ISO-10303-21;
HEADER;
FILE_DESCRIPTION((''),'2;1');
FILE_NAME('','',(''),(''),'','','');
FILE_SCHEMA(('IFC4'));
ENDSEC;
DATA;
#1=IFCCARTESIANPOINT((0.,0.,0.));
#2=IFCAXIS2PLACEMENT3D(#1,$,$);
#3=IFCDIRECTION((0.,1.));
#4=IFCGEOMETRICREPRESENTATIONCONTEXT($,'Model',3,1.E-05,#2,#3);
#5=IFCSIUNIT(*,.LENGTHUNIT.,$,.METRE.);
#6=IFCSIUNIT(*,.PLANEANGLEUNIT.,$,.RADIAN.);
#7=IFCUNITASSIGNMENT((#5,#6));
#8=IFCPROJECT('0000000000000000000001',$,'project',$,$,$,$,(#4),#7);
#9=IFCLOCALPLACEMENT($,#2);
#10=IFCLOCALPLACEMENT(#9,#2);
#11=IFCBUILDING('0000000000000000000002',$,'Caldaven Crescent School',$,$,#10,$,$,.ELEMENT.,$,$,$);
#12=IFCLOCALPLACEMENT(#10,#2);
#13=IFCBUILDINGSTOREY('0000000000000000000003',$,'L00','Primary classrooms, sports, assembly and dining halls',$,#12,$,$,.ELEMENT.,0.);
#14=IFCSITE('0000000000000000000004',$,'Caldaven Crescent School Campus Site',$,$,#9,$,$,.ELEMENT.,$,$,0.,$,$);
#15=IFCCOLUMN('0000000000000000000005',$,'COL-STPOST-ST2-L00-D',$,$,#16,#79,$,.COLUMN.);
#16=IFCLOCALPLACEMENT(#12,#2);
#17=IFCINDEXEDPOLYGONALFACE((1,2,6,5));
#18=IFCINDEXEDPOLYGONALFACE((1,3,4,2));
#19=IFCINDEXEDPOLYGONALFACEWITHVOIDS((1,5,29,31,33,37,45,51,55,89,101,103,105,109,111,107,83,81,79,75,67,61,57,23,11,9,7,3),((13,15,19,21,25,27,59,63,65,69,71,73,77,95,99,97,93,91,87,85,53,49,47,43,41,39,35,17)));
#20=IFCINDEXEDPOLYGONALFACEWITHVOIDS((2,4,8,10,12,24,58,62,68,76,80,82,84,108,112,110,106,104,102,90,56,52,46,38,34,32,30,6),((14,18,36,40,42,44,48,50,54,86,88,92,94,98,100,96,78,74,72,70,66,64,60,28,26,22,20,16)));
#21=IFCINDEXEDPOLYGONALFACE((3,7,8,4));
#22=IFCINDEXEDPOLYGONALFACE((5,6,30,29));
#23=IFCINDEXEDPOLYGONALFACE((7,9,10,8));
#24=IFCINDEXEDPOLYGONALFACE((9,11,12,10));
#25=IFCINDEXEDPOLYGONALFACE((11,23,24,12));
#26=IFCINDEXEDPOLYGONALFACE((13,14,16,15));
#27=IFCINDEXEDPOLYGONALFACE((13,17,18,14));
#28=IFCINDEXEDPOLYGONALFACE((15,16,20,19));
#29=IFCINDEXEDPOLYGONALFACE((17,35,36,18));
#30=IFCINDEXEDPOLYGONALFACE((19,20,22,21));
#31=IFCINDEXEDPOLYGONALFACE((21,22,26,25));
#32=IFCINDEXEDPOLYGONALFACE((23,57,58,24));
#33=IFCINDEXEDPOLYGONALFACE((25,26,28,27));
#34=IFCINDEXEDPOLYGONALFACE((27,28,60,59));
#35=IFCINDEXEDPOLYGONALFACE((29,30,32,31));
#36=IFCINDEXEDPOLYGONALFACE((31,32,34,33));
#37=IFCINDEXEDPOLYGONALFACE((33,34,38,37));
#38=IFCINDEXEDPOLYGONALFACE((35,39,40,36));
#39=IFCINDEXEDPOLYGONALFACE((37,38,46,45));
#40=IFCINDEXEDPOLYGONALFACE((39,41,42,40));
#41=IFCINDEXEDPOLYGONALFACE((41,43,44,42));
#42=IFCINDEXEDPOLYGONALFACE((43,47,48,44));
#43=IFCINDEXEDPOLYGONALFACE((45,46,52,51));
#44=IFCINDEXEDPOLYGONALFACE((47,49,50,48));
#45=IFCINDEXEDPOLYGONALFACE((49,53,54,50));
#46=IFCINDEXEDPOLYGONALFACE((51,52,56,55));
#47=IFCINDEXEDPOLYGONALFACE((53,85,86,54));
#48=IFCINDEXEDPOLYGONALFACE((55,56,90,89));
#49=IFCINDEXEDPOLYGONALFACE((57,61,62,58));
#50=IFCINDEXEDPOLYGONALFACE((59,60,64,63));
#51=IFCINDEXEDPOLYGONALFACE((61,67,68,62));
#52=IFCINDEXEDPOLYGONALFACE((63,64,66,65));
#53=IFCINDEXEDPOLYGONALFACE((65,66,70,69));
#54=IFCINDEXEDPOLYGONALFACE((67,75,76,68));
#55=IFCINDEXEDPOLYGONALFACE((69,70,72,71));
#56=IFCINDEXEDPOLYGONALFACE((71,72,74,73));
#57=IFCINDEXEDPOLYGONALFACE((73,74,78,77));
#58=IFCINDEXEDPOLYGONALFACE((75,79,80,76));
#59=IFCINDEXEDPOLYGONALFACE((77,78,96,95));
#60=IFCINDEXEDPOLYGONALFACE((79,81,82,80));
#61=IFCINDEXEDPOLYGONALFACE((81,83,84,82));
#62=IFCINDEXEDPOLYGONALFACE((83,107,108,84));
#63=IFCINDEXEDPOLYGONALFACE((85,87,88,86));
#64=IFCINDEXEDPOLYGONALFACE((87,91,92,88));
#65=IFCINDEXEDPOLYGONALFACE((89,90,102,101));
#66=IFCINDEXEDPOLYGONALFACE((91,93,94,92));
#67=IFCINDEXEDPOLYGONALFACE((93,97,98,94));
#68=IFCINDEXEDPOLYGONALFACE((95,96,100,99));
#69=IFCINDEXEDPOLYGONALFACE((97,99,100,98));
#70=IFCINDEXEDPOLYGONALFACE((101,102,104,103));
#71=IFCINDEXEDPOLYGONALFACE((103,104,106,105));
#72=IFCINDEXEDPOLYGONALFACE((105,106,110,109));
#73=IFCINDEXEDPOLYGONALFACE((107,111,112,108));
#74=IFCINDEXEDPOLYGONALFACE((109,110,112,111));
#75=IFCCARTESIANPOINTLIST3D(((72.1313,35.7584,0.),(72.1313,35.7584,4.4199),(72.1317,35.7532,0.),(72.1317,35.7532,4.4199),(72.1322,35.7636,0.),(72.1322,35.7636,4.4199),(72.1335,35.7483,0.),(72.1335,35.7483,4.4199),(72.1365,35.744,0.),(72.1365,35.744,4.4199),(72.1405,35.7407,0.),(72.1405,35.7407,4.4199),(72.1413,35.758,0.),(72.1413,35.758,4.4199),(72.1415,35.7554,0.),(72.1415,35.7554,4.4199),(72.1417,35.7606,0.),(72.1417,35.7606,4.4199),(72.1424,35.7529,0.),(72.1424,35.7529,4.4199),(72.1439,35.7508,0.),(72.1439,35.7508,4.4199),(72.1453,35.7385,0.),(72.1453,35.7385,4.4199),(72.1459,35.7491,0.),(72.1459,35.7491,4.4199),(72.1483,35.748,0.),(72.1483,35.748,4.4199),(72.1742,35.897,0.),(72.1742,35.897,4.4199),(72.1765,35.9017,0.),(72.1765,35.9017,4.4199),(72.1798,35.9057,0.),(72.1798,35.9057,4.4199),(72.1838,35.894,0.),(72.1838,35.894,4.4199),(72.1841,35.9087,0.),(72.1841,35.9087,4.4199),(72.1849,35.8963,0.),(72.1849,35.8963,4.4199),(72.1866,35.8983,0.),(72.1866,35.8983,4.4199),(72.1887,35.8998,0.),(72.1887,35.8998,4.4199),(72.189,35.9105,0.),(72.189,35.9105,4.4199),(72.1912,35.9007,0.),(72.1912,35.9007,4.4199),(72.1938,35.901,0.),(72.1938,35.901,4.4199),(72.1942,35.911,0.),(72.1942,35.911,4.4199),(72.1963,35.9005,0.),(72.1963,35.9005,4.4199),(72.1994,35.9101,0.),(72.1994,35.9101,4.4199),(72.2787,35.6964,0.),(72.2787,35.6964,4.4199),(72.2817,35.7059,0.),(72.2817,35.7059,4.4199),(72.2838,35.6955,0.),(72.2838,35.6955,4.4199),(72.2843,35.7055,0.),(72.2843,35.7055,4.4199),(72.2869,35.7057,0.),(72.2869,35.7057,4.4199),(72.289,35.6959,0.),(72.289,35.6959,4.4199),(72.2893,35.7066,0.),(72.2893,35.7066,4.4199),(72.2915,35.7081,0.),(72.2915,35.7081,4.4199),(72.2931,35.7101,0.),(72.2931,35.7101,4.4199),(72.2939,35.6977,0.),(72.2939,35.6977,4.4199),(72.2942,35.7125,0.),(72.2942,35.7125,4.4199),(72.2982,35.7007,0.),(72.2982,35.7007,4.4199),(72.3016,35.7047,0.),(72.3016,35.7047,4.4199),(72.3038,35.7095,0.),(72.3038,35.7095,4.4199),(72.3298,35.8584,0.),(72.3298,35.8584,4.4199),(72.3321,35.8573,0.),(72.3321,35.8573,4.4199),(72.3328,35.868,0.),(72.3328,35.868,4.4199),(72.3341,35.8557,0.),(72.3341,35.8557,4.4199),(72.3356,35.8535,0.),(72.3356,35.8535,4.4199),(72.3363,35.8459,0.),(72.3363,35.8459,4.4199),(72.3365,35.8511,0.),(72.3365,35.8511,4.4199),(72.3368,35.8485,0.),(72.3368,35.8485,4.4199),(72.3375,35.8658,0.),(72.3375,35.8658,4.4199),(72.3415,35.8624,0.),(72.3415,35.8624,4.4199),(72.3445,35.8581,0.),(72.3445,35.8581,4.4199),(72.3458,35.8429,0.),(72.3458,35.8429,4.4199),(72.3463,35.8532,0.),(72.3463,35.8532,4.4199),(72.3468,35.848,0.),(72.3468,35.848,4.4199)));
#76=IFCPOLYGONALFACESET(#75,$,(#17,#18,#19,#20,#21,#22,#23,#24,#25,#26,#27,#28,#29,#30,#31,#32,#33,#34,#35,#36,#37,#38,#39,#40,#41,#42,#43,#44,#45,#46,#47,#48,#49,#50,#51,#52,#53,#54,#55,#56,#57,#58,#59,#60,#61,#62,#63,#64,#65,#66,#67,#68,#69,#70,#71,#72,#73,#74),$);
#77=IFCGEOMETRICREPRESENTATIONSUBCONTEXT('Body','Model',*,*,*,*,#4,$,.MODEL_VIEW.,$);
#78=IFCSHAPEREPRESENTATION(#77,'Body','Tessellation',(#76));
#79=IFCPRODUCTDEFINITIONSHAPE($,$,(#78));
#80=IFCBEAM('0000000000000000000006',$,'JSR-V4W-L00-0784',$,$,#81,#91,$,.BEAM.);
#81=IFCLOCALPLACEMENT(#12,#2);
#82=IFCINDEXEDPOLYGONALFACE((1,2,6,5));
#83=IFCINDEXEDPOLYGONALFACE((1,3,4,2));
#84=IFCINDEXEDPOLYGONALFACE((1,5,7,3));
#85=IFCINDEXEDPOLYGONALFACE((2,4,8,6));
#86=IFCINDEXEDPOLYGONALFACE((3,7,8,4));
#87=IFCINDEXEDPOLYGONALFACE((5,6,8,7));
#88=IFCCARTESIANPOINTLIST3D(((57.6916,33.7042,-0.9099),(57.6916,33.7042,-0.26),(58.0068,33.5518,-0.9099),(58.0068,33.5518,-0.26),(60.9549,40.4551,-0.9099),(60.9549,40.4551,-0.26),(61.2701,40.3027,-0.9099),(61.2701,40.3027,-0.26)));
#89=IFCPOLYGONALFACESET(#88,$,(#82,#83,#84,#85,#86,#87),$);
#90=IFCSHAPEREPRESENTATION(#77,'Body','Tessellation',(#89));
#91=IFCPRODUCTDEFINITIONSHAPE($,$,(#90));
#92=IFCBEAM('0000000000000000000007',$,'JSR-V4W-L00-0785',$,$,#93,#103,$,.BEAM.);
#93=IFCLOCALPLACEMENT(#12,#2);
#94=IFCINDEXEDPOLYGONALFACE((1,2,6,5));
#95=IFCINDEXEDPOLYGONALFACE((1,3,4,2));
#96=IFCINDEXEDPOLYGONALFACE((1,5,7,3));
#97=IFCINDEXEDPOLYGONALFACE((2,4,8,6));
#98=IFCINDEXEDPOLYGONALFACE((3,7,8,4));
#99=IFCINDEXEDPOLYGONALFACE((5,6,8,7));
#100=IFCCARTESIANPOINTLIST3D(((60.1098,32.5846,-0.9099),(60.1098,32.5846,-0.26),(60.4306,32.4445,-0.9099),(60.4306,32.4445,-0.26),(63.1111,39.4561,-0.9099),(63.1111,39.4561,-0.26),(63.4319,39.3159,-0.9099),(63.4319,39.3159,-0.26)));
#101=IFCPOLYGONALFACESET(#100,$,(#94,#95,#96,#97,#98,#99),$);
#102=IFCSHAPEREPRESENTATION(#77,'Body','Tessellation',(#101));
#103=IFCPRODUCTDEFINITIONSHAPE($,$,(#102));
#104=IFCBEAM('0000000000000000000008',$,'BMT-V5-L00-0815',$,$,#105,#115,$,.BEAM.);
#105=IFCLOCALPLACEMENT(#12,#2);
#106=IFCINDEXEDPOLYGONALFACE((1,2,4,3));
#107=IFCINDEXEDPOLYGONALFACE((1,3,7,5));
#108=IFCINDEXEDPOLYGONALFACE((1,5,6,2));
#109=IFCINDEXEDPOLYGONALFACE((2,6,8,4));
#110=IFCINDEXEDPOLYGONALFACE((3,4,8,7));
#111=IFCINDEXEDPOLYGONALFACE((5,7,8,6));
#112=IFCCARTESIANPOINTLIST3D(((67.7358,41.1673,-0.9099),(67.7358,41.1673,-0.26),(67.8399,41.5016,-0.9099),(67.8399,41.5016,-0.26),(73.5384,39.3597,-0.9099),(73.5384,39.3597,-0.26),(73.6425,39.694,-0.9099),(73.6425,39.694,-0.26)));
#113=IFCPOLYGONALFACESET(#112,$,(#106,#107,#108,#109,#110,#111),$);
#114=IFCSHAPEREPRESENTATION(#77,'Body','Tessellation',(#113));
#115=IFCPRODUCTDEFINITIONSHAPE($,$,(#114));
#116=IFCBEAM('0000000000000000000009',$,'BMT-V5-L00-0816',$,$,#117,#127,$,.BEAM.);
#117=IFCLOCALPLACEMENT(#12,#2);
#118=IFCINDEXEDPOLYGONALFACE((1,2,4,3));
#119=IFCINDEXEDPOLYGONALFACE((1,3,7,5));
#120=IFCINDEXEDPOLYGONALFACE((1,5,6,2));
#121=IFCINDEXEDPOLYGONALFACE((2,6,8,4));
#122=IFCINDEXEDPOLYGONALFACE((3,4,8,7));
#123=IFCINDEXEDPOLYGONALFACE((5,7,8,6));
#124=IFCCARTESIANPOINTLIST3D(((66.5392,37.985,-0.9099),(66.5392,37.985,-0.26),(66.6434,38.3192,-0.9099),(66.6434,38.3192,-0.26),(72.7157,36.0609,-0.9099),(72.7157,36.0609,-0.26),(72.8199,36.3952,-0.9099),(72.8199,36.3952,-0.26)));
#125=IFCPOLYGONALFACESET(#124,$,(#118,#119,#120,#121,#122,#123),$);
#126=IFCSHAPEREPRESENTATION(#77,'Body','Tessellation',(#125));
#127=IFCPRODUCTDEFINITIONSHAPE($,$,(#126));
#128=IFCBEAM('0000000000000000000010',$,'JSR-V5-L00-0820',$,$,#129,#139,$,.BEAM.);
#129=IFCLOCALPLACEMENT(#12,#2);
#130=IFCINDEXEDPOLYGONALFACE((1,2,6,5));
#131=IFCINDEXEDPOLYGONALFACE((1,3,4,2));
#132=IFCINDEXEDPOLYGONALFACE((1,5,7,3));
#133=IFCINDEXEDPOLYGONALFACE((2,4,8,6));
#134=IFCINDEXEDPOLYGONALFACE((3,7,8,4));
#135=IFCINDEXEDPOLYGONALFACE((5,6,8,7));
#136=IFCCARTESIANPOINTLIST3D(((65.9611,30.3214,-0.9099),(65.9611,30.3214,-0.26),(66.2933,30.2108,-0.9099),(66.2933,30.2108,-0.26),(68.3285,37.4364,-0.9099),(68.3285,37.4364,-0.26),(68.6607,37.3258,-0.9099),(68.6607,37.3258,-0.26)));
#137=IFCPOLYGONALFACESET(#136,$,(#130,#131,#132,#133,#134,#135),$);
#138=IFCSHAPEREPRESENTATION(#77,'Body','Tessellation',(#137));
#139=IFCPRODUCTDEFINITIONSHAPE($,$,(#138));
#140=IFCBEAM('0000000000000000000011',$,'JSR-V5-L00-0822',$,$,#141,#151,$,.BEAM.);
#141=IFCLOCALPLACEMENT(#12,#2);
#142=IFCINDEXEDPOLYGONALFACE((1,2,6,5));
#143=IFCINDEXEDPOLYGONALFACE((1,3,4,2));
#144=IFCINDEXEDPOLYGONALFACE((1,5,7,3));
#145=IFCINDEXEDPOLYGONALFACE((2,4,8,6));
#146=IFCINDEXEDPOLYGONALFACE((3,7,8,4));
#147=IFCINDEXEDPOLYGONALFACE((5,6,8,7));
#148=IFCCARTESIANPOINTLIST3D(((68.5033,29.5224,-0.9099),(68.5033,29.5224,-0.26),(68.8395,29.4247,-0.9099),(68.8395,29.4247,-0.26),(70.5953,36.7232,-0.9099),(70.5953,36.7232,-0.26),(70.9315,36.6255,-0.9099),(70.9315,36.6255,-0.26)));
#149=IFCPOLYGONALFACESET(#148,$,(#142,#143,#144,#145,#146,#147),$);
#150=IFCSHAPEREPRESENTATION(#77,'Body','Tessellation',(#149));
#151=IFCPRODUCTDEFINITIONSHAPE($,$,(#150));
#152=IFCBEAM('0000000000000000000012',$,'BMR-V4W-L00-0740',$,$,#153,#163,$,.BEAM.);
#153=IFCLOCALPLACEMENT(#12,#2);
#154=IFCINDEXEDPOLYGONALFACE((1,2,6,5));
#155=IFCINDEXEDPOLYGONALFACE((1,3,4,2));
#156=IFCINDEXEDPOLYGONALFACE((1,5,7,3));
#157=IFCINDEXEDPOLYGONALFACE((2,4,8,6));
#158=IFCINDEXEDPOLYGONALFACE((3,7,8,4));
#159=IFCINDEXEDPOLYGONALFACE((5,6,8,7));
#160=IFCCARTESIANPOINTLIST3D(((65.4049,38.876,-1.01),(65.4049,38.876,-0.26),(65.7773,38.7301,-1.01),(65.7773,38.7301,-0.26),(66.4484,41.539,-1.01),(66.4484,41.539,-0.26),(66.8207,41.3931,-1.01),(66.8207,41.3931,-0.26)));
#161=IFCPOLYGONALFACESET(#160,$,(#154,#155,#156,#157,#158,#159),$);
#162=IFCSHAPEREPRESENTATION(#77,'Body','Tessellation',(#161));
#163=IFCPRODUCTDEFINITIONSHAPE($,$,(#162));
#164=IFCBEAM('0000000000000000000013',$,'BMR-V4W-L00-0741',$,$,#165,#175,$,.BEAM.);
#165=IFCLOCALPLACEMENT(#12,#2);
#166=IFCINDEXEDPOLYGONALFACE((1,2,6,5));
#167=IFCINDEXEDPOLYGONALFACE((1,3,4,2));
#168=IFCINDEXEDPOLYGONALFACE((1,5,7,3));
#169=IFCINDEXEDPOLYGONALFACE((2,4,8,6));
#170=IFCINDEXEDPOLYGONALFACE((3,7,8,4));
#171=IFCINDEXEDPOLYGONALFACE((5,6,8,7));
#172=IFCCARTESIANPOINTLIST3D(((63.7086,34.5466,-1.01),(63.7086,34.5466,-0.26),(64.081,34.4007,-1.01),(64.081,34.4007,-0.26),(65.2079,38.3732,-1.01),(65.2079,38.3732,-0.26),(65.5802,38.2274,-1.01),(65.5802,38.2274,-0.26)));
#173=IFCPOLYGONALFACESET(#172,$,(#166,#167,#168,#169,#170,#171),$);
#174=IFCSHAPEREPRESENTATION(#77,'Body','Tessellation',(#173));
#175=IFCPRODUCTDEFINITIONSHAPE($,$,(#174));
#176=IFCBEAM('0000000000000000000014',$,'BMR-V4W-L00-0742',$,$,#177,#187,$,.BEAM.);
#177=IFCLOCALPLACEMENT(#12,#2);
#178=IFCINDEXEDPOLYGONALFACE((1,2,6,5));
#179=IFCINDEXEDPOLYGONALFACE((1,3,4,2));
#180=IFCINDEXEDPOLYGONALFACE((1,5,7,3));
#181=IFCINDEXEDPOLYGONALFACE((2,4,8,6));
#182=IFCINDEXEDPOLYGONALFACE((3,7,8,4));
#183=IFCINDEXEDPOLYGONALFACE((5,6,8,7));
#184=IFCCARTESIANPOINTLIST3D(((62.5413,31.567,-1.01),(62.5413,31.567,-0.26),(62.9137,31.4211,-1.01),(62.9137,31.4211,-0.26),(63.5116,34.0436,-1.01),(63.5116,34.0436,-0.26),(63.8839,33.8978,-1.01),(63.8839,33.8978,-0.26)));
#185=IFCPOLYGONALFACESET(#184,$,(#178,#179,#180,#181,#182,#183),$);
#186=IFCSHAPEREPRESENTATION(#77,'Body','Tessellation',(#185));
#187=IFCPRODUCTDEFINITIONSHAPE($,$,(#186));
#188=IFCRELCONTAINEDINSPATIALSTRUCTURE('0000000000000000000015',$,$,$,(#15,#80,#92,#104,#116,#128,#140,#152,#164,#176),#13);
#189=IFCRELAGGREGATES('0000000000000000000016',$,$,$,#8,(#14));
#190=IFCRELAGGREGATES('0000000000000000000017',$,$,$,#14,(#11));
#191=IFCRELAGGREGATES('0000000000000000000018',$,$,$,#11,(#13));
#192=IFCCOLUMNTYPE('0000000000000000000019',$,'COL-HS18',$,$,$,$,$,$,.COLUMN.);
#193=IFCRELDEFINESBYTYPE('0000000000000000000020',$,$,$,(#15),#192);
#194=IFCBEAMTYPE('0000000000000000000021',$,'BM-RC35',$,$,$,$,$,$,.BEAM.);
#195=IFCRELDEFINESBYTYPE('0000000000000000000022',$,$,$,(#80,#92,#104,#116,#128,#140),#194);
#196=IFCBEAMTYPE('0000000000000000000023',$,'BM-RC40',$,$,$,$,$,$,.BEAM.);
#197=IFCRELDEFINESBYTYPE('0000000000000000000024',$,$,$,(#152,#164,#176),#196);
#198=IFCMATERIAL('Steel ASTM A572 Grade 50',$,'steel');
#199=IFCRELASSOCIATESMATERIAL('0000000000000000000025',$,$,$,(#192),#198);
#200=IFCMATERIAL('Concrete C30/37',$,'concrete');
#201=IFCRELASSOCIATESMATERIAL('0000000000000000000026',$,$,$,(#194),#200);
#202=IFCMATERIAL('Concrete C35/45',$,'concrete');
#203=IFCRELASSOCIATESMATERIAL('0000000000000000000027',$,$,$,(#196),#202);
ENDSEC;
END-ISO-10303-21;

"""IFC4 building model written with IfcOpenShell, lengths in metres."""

from ifc_helpers import new_model, si_unit, direction, frame, origin, origin_2d, place, context, subcontext, project, spatial, rectangle, hollow_rectangle, extrude, material, material_profile, profile_set, type_object, element, save


model = new_model("IFC4")

# Units and contexts
model_context = context("Model", 3, precision=1e-05, world=origin(), true_north=direction((0.0, 1.0)))
body_context = subcontext(model_context, "Body", "Model", "MODEL_VIEW")
ifc_project = project(units=[si_unit("LENGTHUNIT", "METRE"), si_unit("PLANEANGLEUNIT", "RADIAN")], contexts=[model_context])

# Site, building, storey
site_placement = place(None, origin())
site = spatial("IfcSite", under=ifc_project, at=site_placement, Name="Caldaven Crescent School Campus Site", CompositionType="ELEMENT", RefElevation=0.0)
building_placement = place(site_placement, origin())
building = spatial("IfcBuilding", under=site, at=building_placement, Name="Caldaven Crescent School", CompositionType="ELEMENT")
storey_placement = place(building_placement, origin())
storey = spatial("IfcBuildingStorey", under=building, at=storey_placement, Name="L00", Description="Primary classrooms, sports, assembly and dining halls", CompositionType="ELEMENT", Elevation=0.0)

# Column
ifc_material_1 = material(Name="Steel ASTM A572 Grade 50", Category="steel")
ifc_material_profile_1 = material_profile(ifc_material_1, hollow_rectangle(XDim=0.1799, YDim=0.1799, WallThickness=0.01, InnerFilletRadius=0.01, OuterFilletRadius=0.02, at=origin_2d()), Name="HSS 180x180x10")
ifc_profile_set_1 = profile_set([ifc_material_profile_1], Name="Steel ASTM A572 Grade 50")
column_type_1 = type_object("IfcColumnType", Name="COL-HS18", PredefinedType="COLUMN", material=ifc_profile_set_1)
for number, where, z_axis, x_axis, name in (
    (1, (72.239, 35.8032, 0.0), (0.0, 0.0, 1.0), (0.953717, -0.300706, 0.0), "COL-STPOST-ST2-L00-D"),
):
    element("IfcColumn", number, at=place(storey_placement, frame(where, z_axis=z_axis, x_axis=x_axis)), inside=storey, type_object=column_type_1, Name=name, PredefinedType="COLUMN", context=body_context, shape_type="SweptSolid", body=[
        extrude(hollow_rectangle(XDim=0.1799, YDim=0.1799, WallThickness=0.01, InnerFilletRadius=0.01, OuterFilletRadius=0.02, at=origin_2d()), origin(), (0.0, 0.0, 1.0), 4.4199),
    ])

# Beams
ifc_material_2 = material(Name="Concrete C30/37", Category="concrete")
ifc_material_profile_2 = material_profile(ifc_material_2, rectangle(XDim=0.3501, YDim=0.6499, at=origin_2d()), Name="RC 350x650")
ifc_profile_set_2 = profile_set([ifc_material_profile_2], Name="Concrete C30/37")
beam_type_1 = type_object("IfcBeamType", Name="BM-RC35", PredefinedType="BEAM", material=ifc_profile_set_2)
for number, where, z_axis, x_axis, name in (
    (2, (61.1125, 40.3789, -0.585), (-0.435218, -0.900325, 0.0), (0.900325, -0.435218, 0.0), "JSR-V4W-L00-0784"),
    (3, (63.2715, 39.386, -0.585), (-0.40026, -0.916402, 0.0), (0.916402, -0.40026, 0.0), "JSR-V4W-L00-0785"),
):
    element("IfcBeam", number, at=place(storey_placement, frame(where, z_axis=z_axis, x_axis=x_axis)), inside=storey, type_object=beam_type_1, Name=name, PredefinedType="BEAM", context=body_context, shape_type="SweptSolid", body=[
        extrude(rectangle(XDim=0.3501, YDim=0.6499, at=origin_2d()), origin(), (0.0, 0.0, 1.0), 7.4983),
    ])
beam_1_placement = place(storey_placement, frame((67.7878, 41.3345, -0.585), z_axis=(0.954745, -0.297426, 0.0), x_axis=(0.297426, 0.954745, 0.0)))
element("IfcBeam", 4, at=beam_1_placement, inside=storey, type_object=beam_type_1, Name="BMT-V5-L00-0815", PredefinedType="BEAM", context=body_context, shape_type="SweptSolid", body=[
    extrude(rectangle(XDim=0.3501, YDim=0.6499, at=origin_2d()), origin(), (0.0, 0.0, 1.0), 6.0776),
])
beam_2_placement = place(storey_placement, frame((66.5913, 38.1521, -0.585), z_axis=(0.954748, -0.297417, 0.0), x_axis=(0.297417, 0.954748, 0.0)))
element("IfcBeam", 5, at=beam_2_placement, inside=storey, type_object=beam_type_1, Name="BMT-V5-L00-0816", PredefinedType="BEAM", context=body_context, shape_type="SweptSolid", body=[
    extrude(rectangle(XDim=0.3501, YDim=0.6499, at=origin_2d()), origin(), (0.0, 0.0, 1.0), 6.4692),
])
for number, where, z_axis, x_axis, name in (
    (6, (68.4946, 37.3811, -0.585), (-0.31572, -0.948852, 0.0), (0.948852, -0.31572, 0.0), "JSR-V5-L00-0820"),
    (7, (70.7634, 36.6743, -0.585), (-0.278997, -0.960292, 0.0), (0.960292, -0.278997, 0.0), "JSR-V5-L00-0822"),
):
    element("IfcBeam", number, at=place(storey_placement, frame(where, z_axis=z_axis, x_axis=x_axis)), inside=storey, type_object=beam_type_1, Name=name, PredefinedType="BEAM", context=body_context, shape_type="SweptSolid", body=[
        extrude(rectangle(XDim=0.3501, YDim=0.6499, at=origin_2d()), origin(), (0.0, 0.0, 1.0), 7.4985),
    ])
ifc_material_3 = material(Name="Concrete C35/45", Category="concrete")
ifc_material_profile_3 = material_profile(ifc_material_3, rectangle(XDim=0.3999, YDim=0.75, at=origin_2d()), Name="RC 400x750")
ifc_profile_set_3 = profile_set([ifc_material_profile_3], Name="Concrete C35/45")
beam_type_2 = type_object("IfcBeamType", Name="BM-RC40", PredefinedType="BEAM", material=ifc_profile_set_3)
beam_3_placement = place(storey_placement, frame((66.6345, 41.4661, -0.635), z_axis=(-0.364818, -0.931079, 0.0), x_axis=(0.931079, -0.364818, 0.0)))
element("IfcBeam", 8, at=beam_3_placement, inside=storey, type_object=beam_type_2, Name="BMR-V4W-L00-0740", PredefinedType="BEAM", context=body_context, shape_type="SweptSolid", body=[
    extrude(rectangle(XDim=0.3999, YDim=0.75, at=origin_2d()), origin(), (0.0, 0.0, 1.0), 2.8601),
])
beam_4_placement = place(storey_placement, frame((65.394, 38.3003, -0.635), z_axis=(-0.364796, -0.931088, 0.0), x_axis=(0.931088, -0.364796, 0.0)))
element("IfcBeam", 9, at=beam_4_placement, inside=storey, type_object=beam_type_2, Name="BMR-V4W-L00-0741", PredefinedType="BEAM", context=body_context, shape_type="SweptSolid", body=[
    extrude(rectangle(XDim=0.3999, YDim=0.75, at=origin_2d()), origin(), (0.0, 0.0, 1.0), 4.1099),
])
beam_5_placement = place(storey_placement, frame((63.6978, 33.9707, -0.635), z_axis=(-0.364766, -0.931099, 0.0), x_axis=(0.931099, -0.364766, 0.0)))
element("IfcBeam", 10, at=beam_5_placement, inside=storey, type_object=beam_type_2, Name="BMR-V4W-L00-0742", PredefinedType="BEAM", context=body_context, shape_type="SweptSolid", body=[
    extrude(rectangle(XDim=0.3999, YDim=0.75, at=origin_2d()), origin(), (0.0, 0.0, 1.0), 2.6599),
])

save(model, "model.ifc")
